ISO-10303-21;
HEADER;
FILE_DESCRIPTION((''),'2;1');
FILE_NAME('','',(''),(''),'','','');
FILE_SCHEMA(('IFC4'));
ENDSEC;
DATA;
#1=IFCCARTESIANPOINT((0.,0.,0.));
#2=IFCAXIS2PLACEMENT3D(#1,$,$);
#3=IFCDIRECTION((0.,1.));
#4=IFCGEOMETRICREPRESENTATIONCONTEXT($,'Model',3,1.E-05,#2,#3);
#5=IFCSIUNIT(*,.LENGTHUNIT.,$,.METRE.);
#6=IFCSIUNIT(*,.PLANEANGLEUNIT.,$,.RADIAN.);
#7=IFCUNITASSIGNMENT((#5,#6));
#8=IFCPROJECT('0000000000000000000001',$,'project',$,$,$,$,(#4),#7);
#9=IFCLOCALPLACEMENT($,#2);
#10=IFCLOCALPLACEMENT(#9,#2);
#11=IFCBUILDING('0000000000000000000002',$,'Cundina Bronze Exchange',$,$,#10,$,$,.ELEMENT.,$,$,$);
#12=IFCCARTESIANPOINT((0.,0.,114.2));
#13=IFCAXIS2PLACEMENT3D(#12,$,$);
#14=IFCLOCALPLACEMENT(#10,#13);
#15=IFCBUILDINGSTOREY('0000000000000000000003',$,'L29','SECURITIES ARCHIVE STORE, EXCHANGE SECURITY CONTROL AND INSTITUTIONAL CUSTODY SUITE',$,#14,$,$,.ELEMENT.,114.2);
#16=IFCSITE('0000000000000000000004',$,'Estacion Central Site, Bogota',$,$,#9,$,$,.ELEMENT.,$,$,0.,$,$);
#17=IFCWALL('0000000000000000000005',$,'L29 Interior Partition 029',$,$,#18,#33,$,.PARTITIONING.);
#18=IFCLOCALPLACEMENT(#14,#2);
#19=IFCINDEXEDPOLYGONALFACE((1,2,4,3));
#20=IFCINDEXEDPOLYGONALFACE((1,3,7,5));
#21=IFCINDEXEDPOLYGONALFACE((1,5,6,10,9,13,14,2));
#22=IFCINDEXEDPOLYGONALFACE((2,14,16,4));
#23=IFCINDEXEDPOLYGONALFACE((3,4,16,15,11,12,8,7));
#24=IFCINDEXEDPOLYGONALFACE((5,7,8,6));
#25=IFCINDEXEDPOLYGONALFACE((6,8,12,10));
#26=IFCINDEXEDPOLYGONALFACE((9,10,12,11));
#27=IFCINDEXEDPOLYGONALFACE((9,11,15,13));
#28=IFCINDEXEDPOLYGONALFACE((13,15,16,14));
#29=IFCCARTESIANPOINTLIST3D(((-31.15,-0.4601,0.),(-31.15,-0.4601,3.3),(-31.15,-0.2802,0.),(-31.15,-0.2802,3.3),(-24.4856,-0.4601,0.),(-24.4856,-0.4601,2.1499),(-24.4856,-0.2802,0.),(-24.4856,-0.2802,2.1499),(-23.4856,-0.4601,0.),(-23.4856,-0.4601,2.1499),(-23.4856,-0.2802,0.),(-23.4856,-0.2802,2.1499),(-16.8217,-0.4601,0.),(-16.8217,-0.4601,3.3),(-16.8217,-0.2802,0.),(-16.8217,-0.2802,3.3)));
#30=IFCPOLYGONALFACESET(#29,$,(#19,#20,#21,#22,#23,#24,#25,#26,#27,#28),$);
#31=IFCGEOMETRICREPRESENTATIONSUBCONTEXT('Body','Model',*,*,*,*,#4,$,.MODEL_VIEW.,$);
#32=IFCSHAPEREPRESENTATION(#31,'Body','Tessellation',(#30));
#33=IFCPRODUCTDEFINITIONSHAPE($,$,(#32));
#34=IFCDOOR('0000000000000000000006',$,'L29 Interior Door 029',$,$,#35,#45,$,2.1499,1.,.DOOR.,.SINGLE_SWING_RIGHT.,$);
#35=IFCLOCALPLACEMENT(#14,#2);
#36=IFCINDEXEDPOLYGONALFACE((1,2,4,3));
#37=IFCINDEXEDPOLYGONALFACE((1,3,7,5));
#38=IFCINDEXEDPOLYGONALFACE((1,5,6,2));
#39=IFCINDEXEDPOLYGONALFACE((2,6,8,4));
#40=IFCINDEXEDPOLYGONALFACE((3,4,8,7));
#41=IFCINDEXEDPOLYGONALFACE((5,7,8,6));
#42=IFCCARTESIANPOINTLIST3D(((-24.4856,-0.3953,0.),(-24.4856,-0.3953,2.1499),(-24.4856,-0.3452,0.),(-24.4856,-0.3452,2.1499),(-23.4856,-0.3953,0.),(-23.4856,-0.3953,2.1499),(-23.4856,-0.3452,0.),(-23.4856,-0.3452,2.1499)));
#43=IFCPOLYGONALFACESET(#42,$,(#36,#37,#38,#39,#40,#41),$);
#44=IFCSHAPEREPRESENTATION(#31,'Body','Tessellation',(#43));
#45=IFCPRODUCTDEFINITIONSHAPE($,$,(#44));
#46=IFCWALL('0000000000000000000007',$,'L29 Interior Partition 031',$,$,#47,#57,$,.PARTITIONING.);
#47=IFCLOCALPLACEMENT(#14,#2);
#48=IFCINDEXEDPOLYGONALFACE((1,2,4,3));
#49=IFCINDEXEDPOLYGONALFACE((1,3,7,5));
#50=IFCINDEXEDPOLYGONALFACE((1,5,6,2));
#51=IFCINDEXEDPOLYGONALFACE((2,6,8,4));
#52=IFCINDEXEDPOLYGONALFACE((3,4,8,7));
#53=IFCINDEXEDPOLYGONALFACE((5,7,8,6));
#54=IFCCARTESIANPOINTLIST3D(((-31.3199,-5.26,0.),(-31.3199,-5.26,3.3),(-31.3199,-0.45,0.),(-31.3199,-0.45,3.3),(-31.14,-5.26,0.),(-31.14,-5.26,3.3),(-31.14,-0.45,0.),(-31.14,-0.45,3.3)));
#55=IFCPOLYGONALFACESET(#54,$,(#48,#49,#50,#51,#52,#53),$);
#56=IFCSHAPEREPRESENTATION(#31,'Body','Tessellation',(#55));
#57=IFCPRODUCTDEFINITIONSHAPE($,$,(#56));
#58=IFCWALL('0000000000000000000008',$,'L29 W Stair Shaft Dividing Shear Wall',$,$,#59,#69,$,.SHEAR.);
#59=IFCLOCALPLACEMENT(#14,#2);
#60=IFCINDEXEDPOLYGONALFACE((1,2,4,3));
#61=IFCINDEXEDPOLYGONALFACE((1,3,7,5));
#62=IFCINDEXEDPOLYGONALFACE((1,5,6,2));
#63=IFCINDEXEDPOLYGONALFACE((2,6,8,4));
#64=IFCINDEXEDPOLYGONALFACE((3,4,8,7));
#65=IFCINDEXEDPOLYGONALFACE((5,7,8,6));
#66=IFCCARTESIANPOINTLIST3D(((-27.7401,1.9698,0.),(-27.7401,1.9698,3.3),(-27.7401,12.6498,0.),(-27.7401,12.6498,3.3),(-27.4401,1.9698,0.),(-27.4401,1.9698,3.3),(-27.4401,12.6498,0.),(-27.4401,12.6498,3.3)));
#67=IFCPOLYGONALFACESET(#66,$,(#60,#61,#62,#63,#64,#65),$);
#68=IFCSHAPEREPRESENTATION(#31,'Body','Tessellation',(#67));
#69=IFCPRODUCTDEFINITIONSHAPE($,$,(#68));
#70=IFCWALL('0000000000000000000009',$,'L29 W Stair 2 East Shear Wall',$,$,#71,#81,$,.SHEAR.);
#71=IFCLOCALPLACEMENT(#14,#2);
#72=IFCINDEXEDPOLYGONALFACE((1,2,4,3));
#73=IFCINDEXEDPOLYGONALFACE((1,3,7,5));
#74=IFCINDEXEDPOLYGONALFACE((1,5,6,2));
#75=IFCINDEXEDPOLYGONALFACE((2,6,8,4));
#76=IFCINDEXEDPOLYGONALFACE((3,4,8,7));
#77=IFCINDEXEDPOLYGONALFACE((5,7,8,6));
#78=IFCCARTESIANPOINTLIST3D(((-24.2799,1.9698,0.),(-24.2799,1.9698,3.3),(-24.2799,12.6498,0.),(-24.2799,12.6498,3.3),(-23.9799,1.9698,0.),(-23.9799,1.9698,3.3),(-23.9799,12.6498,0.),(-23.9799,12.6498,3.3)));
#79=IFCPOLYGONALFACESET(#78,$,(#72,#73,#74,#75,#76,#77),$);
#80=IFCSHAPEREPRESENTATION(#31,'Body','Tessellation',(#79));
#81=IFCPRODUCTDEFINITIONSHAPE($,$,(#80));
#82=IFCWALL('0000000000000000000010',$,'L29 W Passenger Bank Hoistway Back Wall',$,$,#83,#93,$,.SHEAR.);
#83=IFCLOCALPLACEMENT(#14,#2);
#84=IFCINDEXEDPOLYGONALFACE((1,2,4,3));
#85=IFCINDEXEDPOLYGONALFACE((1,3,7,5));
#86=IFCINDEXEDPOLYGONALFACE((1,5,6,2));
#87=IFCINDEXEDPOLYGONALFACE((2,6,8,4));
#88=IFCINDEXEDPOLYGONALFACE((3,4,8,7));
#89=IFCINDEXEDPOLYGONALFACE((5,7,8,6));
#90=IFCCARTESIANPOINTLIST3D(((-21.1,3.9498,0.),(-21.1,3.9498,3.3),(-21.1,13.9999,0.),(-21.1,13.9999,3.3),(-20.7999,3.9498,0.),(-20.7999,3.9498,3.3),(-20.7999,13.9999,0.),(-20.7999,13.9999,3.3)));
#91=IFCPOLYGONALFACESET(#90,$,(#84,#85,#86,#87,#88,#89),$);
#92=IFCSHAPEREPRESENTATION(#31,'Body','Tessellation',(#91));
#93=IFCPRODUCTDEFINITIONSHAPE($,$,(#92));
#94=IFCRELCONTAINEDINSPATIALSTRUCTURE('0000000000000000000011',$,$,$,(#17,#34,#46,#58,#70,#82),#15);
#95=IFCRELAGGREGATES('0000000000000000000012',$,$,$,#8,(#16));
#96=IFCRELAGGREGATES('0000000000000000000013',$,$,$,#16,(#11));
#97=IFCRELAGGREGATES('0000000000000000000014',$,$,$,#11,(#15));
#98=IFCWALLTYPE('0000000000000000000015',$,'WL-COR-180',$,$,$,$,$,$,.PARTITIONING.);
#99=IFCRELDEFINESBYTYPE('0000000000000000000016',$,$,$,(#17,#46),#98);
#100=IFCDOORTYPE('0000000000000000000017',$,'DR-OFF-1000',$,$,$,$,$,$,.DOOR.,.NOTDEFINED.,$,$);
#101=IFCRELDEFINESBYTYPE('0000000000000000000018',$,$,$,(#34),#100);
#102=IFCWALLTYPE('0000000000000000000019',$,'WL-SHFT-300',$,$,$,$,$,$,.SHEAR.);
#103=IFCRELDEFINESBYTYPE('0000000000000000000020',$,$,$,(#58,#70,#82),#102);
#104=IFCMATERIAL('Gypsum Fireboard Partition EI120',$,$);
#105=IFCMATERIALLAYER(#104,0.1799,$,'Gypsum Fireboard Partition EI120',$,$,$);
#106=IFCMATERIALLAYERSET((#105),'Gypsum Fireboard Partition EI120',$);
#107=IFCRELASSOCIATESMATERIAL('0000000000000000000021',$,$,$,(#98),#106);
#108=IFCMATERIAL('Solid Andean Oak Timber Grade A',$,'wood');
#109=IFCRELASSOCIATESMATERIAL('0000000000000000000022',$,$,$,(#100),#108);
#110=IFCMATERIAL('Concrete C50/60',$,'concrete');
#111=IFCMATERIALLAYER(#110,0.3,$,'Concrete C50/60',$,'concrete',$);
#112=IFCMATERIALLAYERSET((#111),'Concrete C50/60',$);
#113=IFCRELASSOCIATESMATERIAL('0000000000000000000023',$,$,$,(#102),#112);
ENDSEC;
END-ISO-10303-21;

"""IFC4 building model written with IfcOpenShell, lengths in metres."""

from ifc_helpers import new_model, si_unit, direction, frame, frame_2d, origin, place, context, subcontext, project, spatial, rectangle, extrude, material, layer, layer_set, type_object, element, fill, save


model = new_model("IFC4")

# Units and contexts
model_context = context("Model", 3, precision=1e-05, world=origin(), true_north=direction((0.0, 1.0)))
body_context = subcontext(model_context, "Body", "Model", "MODEL_VIEW")
ifc_project = project(units=[si_unit("LENGTHUNIT", "METRE"), si_unit("PLANEANGLEUNIT", "RADIAN")], contexts=[model_context])

# Site, building, storey
site_placement = place(None, origin())
site = spatial("IfcSite", under=ifc_project, at=site_placement, Name="Estacion Central Site, Bogota", CompositionType="ELEMENT", RefElevation=0.0)
building_placement = place(site_placement, origin())
building = spatial("IfcBuilding", under=site, at=building_placement, Name="Cundina Bronze Exchange", CompositionType="ELEMENT")
storey_placement = place(building_placement, frame((0.0, 0.0, 114.2)))
storey = spatial("IfcBuildingStorey", under=building, at=storey_placement, Name="L29", Description="SECURITIES ARCHIVE STORE, EXCHANGE SECURITY CONTROL AND INSTITUTIONAL CUSTODY SUITE", CompositionType="ELEMENT", Elevation=114.2)

# Shared definitions
ifc_material_1 = material(Name="Gypsum Fireboard Partition EI120")
ifc_layer_1 = layer(ifc_material_1, 0.1799, Name="Gypsum Fireboard Partition EI120")
ifc_layer_set_1 = layer_set([ifc_layer_1], Name="Gypsum Fireboard Partition EI120")
wall_type_1 = type_object("IfcWallType", Name="WL-COR-180", PredefinedType="PARTITIONING", material=ifc_layer_set_1)

# Wall, opening, door
ifc_material_2 = material(Name="Solid Andean Oak Timber Grade A", Category="wood")
wall_1_placement = place(storey_placement, frame((-31.1499, -0.3701, 0.0), z_axis=(0.0, 0.0, 1.0), x_axis=(1.0, 0.0, 0.0)))
wall_1 = element("IfcWall", 1, at=wall_1_placement, inside=storey, type_object=wall_type_1, Name="L29 Interior Partition 029", PredefinedType="PARTITIONING", context=body_context, shape_type="SweptSolid", body=[
    extrude(rectangle(XDim=14.3284, YDim=0.1799, at=frame_2d((7.1641, 0.0))), origin(), (0.0, 0.0, 1.0), 3.3),
])
opening_1_placement = place(wall_1_placement, frame((6.6643, 0.0, 0.0)))
opening_1 = element("IfcOpeningElement", 2, at=opening_1_placement, cuts=wall_1, PredefinedType="OPENING", context=body_context, shape_type="SweptSolid", body=[
    extrude(rectangle(XDim=1.0, YDim=2.1499, at=frame_2d((0.5, 1.075))), frame((0.0, 0.0999, 0.0), z_axis=(0.0, -1.0, 0.0), x_axis=(1.0, 0.0, 0.0)), (0.0, 0.0, 1.0), 0.2),
])
door_type_1 = type_object("IfcDoorType", Name="DR-OFF-1000", OperationType="NOTDEFINED", PredefinedType="DOOR", material=ifc_material_2)
door_1_placement = place(opening_1_placement, origin())
door_1 = element("IfcDoor", 3, at=door_1_placement, inside=storey, type_object=door_type_1, Name="L29 Interior Door 029", OperationType="SINGLE_SWING_RIGHT", OverallHeight=2.1499, OverallWidth=1.0, PredefinedType="DOOR", context=body_context, shape_type="SweptSolid", body=[
    extrude(rectangle(XDim=1.0, YDim=2.1499, at=frame_2d((0.5, 1.075))), frame((0.0, 0.0249, 0.0), z_axis=(0.0, -1.0, 0.0), x_axis=(1.0, 0.0, 0.0)), (0.0, 0.0, 1.0), 0.05),
])
fill(opening_1, door_1)

# Walls
wall_2_placement = place(storey_placement, frame((-31.23, -5.26, 0.0), z_axis=(0.0, 0.0, 1.0), x_axis=(0.0, 1.0, 0.0)))
element("IfcWall", 4, at=wall_2_placement, inside=storey, type_object=wall_type_1, Name="L29 Interior Partition 031", PredefinedType="PARTITIONING", context=body_context, shape_type="SweptSolid", body=[
    extrude(rectangle(XDim=4.8101, YDim=0.1799, at=frame_2d((2.405, 0.0))), origin(), (0.0, 0.0, 1.0), 3.3),
])
ifc_material_3 = material(Name="Concrete C50/60", Category="concrete")
ifc_layer_2 = layer(ifc_material_3, 0.3, Name="Concrete C50/60", Category="concrete")
ifc_layer_set_2 = layer_set([ifc_layer_2], Name="Concrete C50/60")
wall_type_2 = type_object("IfcWallType", Name="WL-SHFT-300", PredefinedType="SHEAR", material=ifc_layer_set_2)
for number, where, z_axis, x_axis, name in (
    (5, (-27.5901, 1.97, 0.0), (0.0, 0.0, 1.0), (0.0, 1.0, 0.0), "L29 W Stair Shaft Dividing Shear Wall"),
    (6, (-24.1299, 1.97, 0.0), (0.0, 0.0, 1.0), (0.0, 1.0, 0.0), "L29 W Stair 2 East Shear Wall"),
):
    element("IfcWall", number, at=place(storey_placement, frame(where, z_axis=z_axis, x_axis=x_axis)), inside=storey, type_object=wall_type_2, Name=name, PredefinedType="SHEAR", context=body_context, shape_type="SweptSolid", body=[
        extrude(rectangle(XDim=10.6799, YDim=0.3, at=frame_2d((5.3398, 0.0))), origin(), (0.0, 0.0, 1.0), 3.3),
    ])
wall_3_placement = place(storey_placement, frame((-20.95, 3.95, 0.0), z_axis=(0.0, 0.0, 1.0), x_axis=(0.0, 1.0, 0.0)))
element("IfcWall", 7, at=wall_3_placement, inside=storey, type_object=wall_type_2, Name="L29 W Passenger Bank Hoistway Back Wall", PredefinedType="SHEAR", context=body_context, shape_type="SweptSolid", body=[
    extrude(rectangle(XDim=10.05, YDim=0.3, at=frame_2d((5.0249, 0.0))), origin(), (0.0, 0.0, 1.0), 3.3),
])

save(model, "model.ifc")
